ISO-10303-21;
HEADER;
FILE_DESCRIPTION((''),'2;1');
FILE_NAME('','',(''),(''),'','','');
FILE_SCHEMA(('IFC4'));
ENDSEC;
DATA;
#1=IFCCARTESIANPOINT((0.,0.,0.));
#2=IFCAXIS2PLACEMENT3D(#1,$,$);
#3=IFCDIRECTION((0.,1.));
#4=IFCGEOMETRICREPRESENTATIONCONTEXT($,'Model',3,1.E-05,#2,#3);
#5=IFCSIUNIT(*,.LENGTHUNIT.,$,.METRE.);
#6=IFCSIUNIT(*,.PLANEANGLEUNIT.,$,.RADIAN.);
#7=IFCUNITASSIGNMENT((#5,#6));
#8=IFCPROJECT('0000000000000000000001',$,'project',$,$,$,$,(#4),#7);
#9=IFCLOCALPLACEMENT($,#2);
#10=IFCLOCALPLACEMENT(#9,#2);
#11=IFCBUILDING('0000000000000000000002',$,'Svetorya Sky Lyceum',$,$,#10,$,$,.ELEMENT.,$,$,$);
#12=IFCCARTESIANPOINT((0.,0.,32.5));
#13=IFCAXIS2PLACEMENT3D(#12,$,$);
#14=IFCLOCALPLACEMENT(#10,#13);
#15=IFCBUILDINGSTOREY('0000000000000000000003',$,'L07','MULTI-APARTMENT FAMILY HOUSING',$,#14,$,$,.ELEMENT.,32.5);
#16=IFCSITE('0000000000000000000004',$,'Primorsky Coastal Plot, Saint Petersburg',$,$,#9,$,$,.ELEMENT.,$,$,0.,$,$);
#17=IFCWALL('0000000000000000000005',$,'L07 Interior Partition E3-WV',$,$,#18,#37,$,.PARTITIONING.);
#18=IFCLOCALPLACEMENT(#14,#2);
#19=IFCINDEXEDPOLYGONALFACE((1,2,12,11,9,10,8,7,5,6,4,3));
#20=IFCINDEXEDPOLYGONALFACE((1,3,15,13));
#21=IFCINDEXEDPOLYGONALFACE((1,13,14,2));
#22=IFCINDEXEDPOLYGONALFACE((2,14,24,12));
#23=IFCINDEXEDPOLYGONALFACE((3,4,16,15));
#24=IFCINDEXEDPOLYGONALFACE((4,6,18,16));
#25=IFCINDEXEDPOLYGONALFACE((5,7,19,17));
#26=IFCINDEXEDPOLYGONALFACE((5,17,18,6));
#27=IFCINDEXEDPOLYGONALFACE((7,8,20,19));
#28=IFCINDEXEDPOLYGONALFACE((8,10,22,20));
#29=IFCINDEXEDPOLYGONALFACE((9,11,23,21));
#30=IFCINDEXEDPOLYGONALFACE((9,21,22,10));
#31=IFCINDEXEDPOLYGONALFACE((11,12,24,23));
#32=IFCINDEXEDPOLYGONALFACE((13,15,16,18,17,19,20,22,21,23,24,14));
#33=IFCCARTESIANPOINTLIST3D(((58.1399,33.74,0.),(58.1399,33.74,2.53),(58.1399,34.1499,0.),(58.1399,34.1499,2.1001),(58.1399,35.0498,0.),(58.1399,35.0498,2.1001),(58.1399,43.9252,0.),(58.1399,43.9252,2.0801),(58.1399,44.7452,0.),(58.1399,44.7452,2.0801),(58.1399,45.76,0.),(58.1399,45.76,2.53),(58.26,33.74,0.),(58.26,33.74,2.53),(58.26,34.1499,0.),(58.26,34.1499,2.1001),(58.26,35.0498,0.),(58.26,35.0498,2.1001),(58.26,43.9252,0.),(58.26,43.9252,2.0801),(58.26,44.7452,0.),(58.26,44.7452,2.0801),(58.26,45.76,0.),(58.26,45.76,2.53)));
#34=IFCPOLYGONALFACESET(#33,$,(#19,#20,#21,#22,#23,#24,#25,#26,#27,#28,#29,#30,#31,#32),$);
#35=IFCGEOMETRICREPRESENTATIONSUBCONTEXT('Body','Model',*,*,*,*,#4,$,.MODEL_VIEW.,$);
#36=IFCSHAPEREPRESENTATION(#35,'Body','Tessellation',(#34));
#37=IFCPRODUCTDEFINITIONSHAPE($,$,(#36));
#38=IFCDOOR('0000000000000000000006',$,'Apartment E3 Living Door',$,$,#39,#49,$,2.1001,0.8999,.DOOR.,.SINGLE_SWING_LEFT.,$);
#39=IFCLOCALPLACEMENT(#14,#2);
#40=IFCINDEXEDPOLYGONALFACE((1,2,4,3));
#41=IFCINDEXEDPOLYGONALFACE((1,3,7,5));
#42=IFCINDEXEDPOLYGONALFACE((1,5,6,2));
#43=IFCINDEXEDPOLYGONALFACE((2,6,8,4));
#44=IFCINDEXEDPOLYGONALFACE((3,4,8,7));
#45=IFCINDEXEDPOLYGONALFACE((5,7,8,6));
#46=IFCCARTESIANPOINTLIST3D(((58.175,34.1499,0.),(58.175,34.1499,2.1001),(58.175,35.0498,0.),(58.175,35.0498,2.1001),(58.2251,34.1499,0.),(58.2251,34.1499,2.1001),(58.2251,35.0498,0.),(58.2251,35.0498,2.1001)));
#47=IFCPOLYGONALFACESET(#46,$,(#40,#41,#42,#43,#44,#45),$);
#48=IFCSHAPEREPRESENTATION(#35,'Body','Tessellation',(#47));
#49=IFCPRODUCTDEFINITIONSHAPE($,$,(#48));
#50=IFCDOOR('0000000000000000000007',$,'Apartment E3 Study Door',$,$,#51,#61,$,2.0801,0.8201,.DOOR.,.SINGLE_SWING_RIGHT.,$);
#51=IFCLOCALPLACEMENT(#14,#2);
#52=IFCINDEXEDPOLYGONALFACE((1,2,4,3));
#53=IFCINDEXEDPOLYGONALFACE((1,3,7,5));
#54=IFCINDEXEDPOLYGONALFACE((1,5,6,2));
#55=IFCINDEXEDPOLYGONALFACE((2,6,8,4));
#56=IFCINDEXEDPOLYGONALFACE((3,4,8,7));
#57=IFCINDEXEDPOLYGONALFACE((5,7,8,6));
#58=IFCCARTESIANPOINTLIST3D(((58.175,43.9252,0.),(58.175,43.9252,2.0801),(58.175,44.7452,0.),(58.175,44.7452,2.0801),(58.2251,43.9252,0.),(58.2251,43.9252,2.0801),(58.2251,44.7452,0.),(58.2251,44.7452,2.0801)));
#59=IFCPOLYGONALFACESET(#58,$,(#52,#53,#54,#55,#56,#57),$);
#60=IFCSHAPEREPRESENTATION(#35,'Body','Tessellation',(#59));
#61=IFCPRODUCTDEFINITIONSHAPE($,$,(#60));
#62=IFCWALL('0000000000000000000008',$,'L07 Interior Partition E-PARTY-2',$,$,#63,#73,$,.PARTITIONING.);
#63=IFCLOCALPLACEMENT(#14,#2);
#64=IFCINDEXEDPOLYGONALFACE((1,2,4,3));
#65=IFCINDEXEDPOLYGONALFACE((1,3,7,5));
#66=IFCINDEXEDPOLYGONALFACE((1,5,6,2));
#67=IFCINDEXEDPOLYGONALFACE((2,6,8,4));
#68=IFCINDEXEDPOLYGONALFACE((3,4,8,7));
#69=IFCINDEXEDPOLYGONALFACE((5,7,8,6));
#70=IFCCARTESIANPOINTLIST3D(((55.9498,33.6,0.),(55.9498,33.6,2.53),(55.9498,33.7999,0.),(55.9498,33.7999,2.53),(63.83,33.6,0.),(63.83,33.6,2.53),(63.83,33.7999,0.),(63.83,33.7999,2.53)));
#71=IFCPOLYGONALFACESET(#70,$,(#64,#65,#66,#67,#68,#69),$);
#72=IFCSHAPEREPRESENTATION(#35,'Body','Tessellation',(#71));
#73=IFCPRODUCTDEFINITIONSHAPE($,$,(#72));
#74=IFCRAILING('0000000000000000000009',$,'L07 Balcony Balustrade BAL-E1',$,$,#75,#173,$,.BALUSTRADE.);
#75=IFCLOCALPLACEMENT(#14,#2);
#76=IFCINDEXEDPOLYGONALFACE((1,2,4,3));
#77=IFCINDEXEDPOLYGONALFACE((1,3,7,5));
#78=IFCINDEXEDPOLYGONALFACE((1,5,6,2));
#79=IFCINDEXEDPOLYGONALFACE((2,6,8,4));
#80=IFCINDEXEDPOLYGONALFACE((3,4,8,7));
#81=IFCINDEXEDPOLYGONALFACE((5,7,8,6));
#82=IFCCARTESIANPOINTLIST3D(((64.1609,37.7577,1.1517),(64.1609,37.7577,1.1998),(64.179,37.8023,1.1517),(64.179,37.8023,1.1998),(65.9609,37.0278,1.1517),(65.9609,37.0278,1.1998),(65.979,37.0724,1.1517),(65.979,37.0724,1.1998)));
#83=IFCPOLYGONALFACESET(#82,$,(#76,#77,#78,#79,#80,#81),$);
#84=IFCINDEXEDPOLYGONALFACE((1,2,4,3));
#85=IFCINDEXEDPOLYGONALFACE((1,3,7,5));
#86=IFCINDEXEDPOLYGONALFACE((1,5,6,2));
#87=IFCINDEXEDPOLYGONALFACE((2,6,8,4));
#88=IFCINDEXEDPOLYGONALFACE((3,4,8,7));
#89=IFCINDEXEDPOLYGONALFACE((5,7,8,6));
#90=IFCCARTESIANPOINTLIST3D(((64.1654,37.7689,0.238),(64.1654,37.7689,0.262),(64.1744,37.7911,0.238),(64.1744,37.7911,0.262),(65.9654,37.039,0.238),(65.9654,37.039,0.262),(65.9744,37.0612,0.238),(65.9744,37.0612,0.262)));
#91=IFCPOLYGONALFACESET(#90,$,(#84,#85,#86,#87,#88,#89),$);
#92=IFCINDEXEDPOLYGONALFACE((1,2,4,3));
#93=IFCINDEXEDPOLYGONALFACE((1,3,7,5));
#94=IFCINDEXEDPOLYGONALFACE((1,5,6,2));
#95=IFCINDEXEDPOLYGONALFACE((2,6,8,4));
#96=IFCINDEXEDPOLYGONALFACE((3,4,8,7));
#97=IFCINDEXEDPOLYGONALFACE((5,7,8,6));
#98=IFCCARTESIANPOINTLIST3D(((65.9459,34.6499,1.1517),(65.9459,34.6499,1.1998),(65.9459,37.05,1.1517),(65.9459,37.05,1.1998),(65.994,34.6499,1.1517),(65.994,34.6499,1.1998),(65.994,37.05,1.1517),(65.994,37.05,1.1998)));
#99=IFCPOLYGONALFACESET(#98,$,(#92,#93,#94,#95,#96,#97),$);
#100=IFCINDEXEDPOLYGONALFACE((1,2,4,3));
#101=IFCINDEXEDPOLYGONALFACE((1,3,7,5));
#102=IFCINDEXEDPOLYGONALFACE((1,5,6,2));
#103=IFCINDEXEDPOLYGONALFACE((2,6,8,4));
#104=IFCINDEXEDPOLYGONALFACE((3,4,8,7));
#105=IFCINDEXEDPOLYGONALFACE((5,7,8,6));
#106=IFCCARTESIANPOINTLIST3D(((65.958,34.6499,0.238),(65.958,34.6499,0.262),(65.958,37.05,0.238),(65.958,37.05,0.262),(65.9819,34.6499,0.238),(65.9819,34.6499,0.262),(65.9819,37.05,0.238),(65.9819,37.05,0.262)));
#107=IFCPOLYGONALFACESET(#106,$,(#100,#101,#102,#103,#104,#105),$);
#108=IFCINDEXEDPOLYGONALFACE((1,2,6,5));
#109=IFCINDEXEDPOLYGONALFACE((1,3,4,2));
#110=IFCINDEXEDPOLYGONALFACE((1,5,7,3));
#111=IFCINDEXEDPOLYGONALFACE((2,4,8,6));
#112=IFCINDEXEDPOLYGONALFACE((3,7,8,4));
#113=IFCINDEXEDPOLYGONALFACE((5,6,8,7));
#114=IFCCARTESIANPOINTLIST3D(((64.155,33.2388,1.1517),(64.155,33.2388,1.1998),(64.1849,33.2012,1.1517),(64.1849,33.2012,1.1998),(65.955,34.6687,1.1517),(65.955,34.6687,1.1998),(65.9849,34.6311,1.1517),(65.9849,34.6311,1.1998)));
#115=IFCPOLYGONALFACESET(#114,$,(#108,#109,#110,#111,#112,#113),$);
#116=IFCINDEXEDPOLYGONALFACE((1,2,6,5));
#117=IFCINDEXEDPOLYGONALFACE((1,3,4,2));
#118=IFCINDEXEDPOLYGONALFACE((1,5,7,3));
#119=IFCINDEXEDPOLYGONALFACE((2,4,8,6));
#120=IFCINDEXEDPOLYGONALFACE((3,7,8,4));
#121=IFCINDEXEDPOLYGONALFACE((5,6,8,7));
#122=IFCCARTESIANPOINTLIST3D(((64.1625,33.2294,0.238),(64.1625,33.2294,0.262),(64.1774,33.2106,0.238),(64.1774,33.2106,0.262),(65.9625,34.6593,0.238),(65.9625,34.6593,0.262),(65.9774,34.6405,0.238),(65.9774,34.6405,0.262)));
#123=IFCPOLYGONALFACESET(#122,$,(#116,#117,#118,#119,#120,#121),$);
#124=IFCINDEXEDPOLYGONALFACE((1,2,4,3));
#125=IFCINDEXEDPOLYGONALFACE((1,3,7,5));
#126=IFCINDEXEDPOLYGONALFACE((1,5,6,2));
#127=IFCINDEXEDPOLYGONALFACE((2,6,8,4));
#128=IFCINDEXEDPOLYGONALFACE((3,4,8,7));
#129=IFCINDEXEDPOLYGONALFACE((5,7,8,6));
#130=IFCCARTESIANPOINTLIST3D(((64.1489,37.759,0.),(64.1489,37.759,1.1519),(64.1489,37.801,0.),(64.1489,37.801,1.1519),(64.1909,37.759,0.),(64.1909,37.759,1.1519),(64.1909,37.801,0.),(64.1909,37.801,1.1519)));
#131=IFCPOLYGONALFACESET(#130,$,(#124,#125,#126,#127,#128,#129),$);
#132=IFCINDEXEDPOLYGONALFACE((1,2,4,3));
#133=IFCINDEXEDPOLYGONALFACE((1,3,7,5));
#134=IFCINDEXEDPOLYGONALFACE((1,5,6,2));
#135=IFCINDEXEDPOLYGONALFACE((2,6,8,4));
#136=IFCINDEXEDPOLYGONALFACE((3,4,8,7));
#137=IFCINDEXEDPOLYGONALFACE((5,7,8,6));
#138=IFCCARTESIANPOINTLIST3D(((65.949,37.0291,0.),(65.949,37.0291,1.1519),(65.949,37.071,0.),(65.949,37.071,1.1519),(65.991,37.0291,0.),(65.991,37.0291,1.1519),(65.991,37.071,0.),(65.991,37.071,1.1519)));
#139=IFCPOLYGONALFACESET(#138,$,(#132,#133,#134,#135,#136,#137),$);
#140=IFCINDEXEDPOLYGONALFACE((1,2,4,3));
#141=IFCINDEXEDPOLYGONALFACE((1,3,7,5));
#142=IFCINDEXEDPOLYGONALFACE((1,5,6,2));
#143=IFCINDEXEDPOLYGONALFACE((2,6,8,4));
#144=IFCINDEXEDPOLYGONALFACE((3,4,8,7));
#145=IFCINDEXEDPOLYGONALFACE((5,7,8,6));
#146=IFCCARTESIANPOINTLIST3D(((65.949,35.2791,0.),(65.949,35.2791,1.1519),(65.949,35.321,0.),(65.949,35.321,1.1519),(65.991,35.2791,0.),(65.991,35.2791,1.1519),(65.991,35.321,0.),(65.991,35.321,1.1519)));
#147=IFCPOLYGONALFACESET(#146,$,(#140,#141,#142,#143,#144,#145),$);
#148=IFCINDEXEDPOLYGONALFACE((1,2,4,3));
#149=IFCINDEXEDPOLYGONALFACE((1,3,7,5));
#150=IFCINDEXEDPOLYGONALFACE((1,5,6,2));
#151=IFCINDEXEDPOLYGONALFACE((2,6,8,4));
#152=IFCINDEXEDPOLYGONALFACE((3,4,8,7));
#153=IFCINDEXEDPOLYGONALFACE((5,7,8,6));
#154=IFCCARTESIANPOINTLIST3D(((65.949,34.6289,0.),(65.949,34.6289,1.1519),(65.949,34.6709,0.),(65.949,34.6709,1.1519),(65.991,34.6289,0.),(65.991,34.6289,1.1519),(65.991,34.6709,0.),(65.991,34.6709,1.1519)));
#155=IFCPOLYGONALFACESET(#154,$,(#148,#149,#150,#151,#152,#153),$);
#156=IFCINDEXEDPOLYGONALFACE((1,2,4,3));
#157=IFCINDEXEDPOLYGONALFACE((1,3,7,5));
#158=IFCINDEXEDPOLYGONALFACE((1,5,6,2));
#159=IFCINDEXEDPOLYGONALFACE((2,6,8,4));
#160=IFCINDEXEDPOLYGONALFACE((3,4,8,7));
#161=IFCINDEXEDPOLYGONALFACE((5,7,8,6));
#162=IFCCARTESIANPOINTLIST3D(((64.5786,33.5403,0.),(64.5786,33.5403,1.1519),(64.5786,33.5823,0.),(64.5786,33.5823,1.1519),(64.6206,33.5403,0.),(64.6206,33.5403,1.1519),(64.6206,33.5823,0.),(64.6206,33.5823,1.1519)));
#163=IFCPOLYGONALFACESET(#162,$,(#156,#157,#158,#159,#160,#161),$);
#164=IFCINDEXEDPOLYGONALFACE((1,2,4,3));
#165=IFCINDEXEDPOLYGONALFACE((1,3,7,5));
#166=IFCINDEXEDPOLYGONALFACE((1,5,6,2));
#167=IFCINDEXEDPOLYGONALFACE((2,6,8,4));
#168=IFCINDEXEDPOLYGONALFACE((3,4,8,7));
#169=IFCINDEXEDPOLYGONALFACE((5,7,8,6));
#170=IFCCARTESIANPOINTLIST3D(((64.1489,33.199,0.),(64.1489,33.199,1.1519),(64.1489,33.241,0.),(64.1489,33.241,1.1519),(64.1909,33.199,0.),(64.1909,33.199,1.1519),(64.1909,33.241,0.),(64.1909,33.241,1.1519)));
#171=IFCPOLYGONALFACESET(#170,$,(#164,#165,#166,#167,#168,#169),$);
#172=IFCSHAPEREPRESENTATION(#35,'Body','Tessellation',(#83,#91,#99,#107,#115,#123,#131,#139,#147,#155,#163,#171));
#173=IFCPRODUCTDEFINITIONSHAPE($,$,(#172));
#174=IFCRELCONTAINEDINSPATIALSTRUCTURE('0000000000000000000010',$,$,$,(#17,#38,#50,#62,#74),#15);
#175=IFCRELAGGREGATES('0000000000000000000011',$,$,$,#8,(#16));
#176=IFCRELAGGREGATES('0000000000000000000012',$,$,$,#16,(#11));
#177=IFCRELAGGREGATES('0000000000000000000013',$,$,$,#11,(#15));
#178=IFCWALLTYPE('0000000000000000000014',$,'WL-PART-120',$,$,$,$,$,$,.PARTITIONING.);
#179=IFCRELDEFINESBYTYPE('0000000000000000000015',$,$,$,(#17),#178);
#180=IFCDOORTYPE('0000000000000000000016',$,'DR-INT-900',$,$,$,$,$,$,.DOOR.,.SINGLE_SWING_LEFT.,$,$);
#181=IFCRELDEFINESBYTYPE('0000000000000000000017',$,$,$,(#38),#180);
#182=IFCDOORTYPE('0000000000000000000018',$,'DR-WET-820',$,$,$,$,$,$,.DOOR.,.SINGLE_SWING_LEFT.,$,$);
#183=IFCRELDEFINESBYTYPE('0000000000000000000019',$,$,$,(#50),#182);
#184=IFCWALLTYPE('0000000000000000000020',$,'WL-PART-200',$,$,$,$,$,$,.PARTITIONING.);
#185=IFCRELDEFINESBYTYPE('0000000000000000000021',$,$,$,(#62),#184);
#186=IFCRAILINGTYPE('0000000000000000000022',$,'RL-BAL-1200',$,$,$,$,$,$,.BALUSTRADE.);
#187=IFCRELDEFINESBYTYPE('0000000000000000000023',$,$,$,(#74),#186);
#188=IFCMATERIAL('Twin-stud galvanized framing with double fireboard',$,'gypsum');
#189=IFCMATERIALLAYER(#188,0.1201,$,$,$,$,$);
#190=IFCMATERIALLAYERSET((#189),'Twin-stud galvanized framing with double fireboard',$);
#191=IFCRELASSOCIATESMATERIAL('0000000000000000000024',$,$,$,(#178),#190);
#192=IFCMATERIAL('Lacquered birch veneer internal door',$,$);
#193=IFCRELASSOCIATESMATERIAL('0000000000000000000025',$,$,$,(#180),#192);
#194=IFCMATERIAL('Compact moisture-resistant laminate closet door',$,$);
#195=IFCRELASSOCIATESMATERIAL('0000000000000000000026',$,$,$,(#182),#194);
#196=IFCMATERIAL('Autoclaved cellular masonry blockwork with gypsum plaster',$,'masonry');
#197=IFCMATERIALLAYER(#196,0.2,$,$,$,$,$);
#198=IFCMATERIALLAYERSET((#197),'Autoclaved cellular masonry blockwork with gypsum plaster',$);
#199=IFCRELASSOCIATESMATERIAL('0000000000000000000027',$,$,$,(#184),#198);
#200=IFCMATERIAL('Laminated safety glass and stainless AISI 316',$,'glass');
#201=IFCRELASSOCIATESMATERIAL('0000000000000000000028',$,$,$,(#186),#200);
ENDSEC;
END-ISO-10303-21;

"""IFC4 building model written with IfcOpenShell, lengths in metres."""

from ifc_helpers import new_model, si_unit, direction, frame, frame_2d, origin, origin_2d, place, context, subcontext, project, spatial, rectangle, extrude, material, layer, layer_set, type_object, element, fill, save


model = new_model("IFC4")

# Units and contexts
model_context = context("Model", 3, precision=1e-05, world=origin(), true_north=direction((0.0, 1.0)))
body_context = subcontext(model_context, "Body", "Model", "MODEL_VIEW")
ifc_project = project(units=[si_unit("LENGTHUNIT", "METRE"), si_unit("PLANEANGLEUNIT", "RADIAN")], contexts=[model_context])

# Site, building, storey
site_placement = place(None, origin())
site = spatial("IfcSite", under=ifc_project, at=site_placement, Name="Primorsky Coastal Plot, Saint Petersburg", CompositionType="ELEMENT", RefElevation=0.0)
building_placement = place(site_placement, origin())
building = spatial("IfcBuilding", under=site, at=building_placement, Name="Svetorya Sky Lyceum", CompositionType="ELEMENT")
storey_placement = place(building_placement, frame((0.0, 0.0, 32.5)))
storey = spatial("IfcBuildingStorey", under=building, at=storey_placement, Name="L07", Description="MULTI-APARTMENT FAMILY HOUSING", CompositionType="ELEMENT", Elevation=32.5)

# Shared definitions
ifc_material_1 = material(Name="Twin-stud galvanized framing with double fireboard", Category="gypsum")
ifc_layer_1 = layer(ifc_material_1, 0.1201)
ifc_layer_set_1 = layer_set([ifc_layer_1], Name="Twin-stud galvanized framing with double fireboard")
wall_type_1 = type_object("IfcWallType", Name="WL-PART-120", PredefinedType="PARTITIONING", material=ifc_layer_set_1)
ifc_material_2 = material(Name="Lacquered birch veneer internal door")
door_type_1 = type_object("IfcDoorType", Name="DR-INT-900", OperationType="SINGLE_SWING_LEFT", PredefinedType="DOOR", material=ifc_material_2)

# Wall, openings, doors
wall_1_placement = place(storey_placement, frame((58.2, 33.74, 0.0), z_axis=(0.0, 0.0, 1.0), x_axis=(0.0, 1.0, 0.0)))
wall_1 = element("IfcWall", 1, at=wall_1_placement, inside=storey, type_object=wall_type_1, Name="L07 Interior Partition E3-WV", PredefinedType="PARTITIONING", context=body_context, shape_type="SweptSolid", body=[
    extrude(rectangle(XDim=12.02, YDim=0.1201, at=frame_2d((6.01, 0.0))), origin(), (0.0, 0.0, 1.0), 2.53),
])
opening_1_placement = place(wall_1_placement, frame((0.4099, 0.0, 0.0)))
opening_1 = element("IfcOpeningElement", 2, at=opening_1_placement, cuts=wall_1, PredefinedType="OPENING", context=body_context, shape_type="SweptSolid", body=[
    extrude(rectangle(XDim=0.8999, YDim=2.1001, at=frame_2d((0.45, 1.05))), frame((0.0, 0.0701, 0.0), z_axis=(0.0, -1.0, 0.0), x_axis=(1.0, 0.0, 0.0)), (0.0, 0.0, 1.0), 0.1401),
])
opening_2_placement = place(wall_1_placement, frame((10.1851, 0.0, 0.0)))
opening_2 = element("IfcOpeningElement", 3, at=opening_2_placement, cuts=wall_1, PredefinedType="OPENING", context=body_context, shape_type="SweptSolid", body=[
    extrude(rectangle(XDim=0.8201, YDim=2.0801, at=frame_2d((0.4102, 1.04))), frame((0.0, 0.0701, 0.0), z_axis=(0.0, -1.0, 0.0), x_axis=(1.0, 0.0, 0.0)), (0.0, 0.0, 1.0), 0.1401),
])
door_1_placement = place(opening_1_placement, origin())
door_1 = element("IfcDoor", 4, at=door_1_placement, inside=storey, type_object=door_type_1, Name="Apartment E3 Living Door", OperationType="SINGLE_SWING_LEFT", OverallHeight=2.1001, OverallWidth=0.8999, PredefinedType="DOOR", context=body_context, shape_type="SweptSolid", body=[
    extrude(rectangle(XDim=0.8999, YDim=2.1001, at=frame_2d((0.45, 1.05))), frame((0.0, 0.0249, 0.0), z_axis=(0.0, -1.0, 0.0), x_axis=(1.0, 0.0, 0.0)), (0.0, 0.0, 1.0), 0.05),
])
fill(opening_1, door_1)
ifc_material_3 = material(Name="Compact moisture-resistant laminate closet door")
door_type_2 = type_object("IfcDoorType", Name="DR-WET-820", OperationType="SINGLE_SWING_LEFT", PredefinedType="DOOR", material=ifc_material_3)
door_2_placement = place(opening_2_placement, origin())
door_2 = element("IfcDoor", 5, at=door_2_placement, inside=storey, type_object=door_type_2, Name="Apartment E3 Study Door", OperationType="SINGLE_SWING_RIGHT", OverallHeight=2.0801, OverallWidth=0.8201, PredefinedType="DOOR", context=body_context, shape_type="SweptSolid", body=[
    extrude(rectangle(XDim=0.8201, YDim=2.0801, at=frame_2d((0.4102, 1.04))), frame((0.0, 0.0249, 0.0), z_axis=(0.0, -1.0, 0.0), x_axis=(1.0, 0.0, 0.0)), (0.0, 0.0, 1.0), 0.05),
])
fill(opening_2, door_2)

# Wall
ifc_material_4 = material(Name="Autoclaved cellular masonry blockwork with gypsum plaster", Category="masonry")
ifc_layer_2 = layer(ifc_material_4, 0.2)
ifc_layer_set_2 = layer_set([ifc_layer_2], Name="Autoclaved cellular masonry blockwork with gypsum plaster")
wall_type_2 = type_object("IfcWallType", Name="WL-PART-200", PredefinedType="PARTITIONING", material=ifc_layer_set_2)
wall_2_placement = place(storey_placement, frame((55.95, 33.7, 0.0), z_axis=(0.0, 0.0, 1.0), x_axis=(1.0, 0.0, 0.0)))
element("IfcWall", 6, at=wall_2_placement, inside=storey, type_object=wall_type_2, Name="L07 Interior Partition E-PARTY-2", PredefinedType="PARTITIONING", context=body_context, shape_type="SweptSolid", body=[
    extrude(rectangle(XDim=7.8801, YDim=0.2, at=frame_2d((3.9399, 0.0))), origin(), (0.0, 0.0, 1.0), 2.53),
])

# Railing
ifc_material_5 = material(Name="Laminated safety glass and stainless AISI 316", Category="glass")
railing_type = type_object("IfcRailingType", Name="RL-BAL-1200", PredefinedType="BALUSTRADE", material=ifc_material_5)
railing_placement = place(storey_placement, frame((64.1699, 37.78, 0.0)))
element("IfcRailing", 7, at=railing_placement, inside=storey, type_object=railing_type, Name="L07 Balcony Balustrade BAL-E1", PredefinedType="BALUSTRADE", context=body_context, shape_type="SweptSolid", body=[
    extrude(rectangle(XDim=0.0481, YDim=0.0481, at=origin_2d()), frame((0.0, 0.0, 1.1758), z_axis=(0.926698, -0.375807, 0.0), x_axis=(0.375807, 0.926698, 0.0)), (0.0, 0.0, 1.0), 1.9424),
    extrude(rectangle(XDim=0.0239, YDim=0.0239, at=origin_2d()), frame((0.0, 0.0, 0.25), z_axis=(0.926698, -0.375807, 0.0), x_axis=(0.375807, 0.926698, 0.0)), (0.0, 0.0, 1.0), 1.9424),
    extrude(rectangle(XDim=0.0481, YDim=0.0481, at=origin_2d()), frame((1.8, -0.73, 1.1758), z_axis=(0.0, -1.0, 0.0), x_axis=(1.0, 0.0, 0.0)), (0.0, 0.0, 1.0), 2.4001),
    extrude(rectangle(XDim=0.0239, YDim=0.0239, at=origin_2d()), frame((1.8, -0.73, 0.25), z_axis=(0.0, -1.0, 0.0), x_axis=(1.0, 0.0, 0.0)), (0.0, 0.0, 1.0), 2.4001),
    extrude(rectangle(XDim=0.0481, YDim=0.0481, at=origin_2d()), frame((1.8, -3.1301, 1.1758), z_axis=(-0.783009, -0.62201, 0.0), x_axis=(0.62201, -0.783009, 0.0)), (0.0, 0.0, 1.0), 2.2988),
    extrude(rectangle(XDim=0.0239, YDim=0.0239, at=origin_2d()), frame((1.8, -3.1301, 0.25), z_axis=(-0.783009, -0.62201, 0.0), x_axis=(0.62201, -0.783009, 0.0)), (0.0, 0.0, 1.0), 2.2988),
    extrude(rectangle(XDim=0.042, YDim=0.042, at=origin_2d()), origin(), (0.0, 0.0, 1.0), 1.1519),
    extrude(rectangle(XDim=0.042, YDim=0.042, at=origin_2d()), frame((1.8, -0.73, 0.0)), (0.0, 0.0, 1.0), 1.1519),
    extrude(rectangle(XDim=0.042, YDim=0.042, at=origin_2d()), frame((1.8, -2.48, 0.0)), (0.0, 0.0, 1.0), 1.1519),
    extrude(rectangle(XDim=0.042, YDim=0.042, at=origin_2d()), frame((1.8, -3.1301, 0.0)), (0.0, 0.0, 1.0), 1.1519),
    extrude(rectangle(XDim=0.042, YDim=0.042, at=origin_2d()), frame((0.4297, -4.2188, 0.0)), (0.0, 0.0, 1.0), 1.1519),
    extrude(rectangle(XDim=0.042, YDim=0.042, at=origin_2d()), frame((0.0, -4.5601, 0.0)), (0.0, 0.0, 1.0), 1.1519),
])

save(model, "model.ifc")
